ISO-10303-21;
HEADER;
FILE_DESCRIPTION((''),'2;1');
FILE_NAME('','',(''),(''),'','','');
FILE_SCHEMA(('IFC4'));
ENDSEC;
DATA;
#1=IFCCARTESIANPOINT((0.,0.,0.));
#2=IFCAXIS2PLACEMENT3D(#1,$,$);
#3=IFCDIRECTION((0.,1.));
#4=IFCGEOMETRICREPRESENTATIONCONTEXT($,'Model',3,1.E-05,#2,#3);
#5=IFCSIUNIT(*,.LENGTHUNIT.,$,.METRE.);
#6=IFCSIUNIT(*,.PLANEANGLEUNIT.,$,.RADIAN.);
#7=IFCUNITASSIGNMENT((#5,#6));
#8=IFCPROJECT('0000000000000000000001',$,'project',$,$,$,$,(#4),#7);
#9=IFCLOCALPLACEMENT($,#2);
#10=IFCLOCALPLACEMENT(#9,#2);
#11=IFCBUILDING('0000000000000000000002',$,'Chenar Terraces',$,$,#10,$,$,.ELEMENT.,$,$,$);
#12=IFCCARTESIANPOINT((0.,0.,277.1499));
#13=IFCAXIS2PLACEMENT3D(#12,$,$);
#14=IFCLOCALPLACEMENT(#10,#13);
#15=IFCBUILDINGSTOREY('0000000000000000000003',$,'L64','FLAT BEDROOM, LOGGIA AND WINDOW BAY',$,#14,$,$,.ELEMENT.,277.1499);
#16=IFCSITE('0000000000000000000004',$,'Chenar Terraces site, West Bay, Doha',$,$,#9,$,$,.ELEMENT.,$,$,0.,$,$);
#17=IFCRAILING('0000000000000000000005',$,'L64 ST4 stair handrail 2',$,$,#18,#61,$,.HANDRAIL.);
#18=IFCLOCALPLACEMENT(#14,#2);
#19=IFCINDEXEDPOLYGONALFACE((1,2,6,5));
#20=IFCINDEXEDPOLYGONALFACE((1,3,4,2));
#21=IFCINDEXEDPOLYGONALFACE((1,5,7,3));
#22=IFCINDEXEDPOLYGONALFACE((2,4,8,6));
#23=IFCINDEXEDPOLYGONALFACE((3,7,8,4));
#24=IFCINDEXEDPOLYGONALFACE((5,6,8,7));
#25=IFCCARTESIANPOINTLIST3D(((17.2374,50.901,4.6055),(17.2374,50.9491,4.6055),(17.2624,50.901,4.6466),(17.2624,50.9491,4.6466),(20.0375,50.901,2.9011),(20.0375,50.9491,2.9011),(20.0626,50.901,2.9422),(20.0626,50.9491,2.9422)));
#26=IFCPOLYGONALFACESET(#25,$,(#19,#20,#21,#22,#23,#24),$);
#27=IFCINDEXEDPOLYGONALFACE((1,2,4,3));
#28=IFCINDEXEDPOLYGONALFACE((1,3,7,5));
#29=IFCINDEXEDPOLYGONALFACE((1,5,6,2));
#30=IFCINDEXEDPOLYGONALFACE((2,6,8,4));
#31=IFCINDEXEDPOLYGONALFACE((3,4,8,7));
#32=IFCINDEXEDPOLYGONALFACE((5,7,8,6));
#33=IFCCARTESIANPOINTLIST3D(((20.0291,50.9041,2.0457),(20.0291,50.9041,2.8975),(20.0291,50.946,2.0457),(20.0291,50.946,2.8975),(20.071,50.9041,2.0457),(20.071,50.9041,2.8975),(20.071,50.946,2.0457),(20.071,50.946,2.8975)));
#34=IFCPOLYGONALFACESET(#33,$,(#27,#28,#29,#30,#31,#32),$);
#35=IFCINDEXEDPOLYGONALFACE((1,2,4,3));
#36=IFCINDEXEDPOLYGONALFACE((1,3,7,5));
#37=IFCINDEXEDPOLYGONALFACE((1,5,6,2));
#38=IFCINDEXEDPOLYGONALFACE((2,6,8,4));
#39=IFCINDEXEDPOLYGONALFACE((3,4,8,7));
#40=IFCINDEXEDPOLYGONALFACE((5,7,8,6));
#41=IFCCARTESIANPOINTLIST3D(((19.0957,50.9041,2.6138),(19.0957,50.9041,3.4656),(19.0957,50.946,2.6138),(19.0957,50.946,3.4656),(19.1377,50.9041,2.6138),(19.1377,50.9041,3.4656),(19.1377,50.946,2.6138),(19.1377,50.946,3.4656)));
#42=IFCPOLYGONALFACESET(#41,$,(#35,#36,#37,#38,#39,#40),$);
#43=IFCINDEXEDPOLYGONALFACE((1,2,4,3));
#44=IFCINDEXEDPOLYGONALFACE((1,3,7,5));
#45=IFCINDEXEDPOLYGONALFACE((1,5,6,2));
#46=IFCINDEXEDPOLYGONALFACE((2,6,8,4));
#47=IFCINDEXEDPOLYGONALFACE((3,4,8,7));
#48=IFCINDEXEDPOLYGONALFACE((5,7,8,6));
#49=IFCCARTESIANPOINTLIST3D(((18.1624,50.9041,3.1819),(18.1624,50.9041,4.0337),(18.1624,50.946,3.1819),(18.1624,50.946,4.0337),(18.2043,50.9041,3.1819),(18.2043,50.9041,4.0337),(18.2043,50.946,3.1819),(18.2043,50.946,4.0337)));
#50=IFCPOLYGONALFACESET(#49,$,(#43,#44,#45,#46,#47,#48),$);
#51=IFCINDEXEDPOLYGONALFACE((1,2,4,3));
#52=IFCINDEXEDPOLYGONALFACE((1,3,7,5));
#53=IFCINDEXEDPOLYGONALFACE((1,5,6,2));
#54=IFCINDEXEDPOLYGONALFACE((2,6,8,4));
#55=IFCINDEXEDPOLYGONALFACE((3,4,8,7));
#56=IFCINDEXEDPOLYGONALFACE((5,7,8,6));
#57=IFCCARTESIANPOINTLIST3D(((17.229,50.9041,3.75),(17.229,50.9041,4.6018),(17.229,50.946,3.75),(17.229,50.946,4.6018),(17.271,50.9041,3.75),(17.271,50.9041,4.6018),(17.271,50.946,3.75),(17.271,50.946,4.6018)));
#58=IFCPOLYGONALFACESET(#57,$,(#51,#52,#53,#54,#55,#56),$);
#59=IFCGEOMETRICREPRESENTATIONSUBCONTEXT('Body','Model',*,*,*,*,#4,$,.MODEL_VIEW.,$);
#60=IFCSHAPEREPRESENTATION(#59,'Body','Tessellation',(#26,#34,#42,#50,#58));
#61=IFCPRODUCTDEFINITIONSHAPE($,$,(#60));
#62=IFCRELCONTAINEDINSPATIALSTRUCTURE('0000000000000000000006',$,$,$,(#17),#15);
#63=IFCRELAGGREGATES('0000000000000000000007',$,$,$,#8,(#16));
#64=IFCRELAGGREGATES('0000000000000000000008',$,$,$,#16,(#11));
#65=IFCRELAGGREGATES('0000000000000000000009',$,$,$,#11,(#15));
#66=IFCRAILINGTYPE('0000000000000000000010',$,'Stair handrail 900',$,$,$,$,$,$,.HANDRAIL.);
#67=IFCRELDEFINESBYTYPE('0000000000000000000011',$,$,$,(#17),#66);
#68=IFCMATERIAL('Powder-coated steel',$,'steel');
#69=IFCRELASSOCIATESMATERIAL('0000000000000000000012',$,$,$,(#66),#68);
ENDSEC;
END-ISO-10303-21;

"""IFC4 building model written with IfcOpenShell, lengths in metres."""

from ifc_helpers import new_model, si_unit, direction, frame, origin, origin_2d, place, context, subcontext, project, spatial, rectangle, extrude, material, type_object, element, save


model = new_model("IFC4")

# Units and contexts
model_context = context("Model", 3, precision=1e-05, world=origin(), true_north=direction((0.0, 1.0)))
body_context = subcontext(model_context, "Body", "Model", "MODEL_VIEW")
ifc_project = project(units=[si_unit("LENGTHUNIT", "METRE"), si_unit("PLANEANGLEUNIT", "RADIAN")], contexts=[model_context])

# Site, building, storey
site_placement = place(None, origin())
site = spatial("IfcSite", under=ifc_project, at=site_placement, Name="Chenar Terraces site, West Bay, Doha", CompositionType="ELEMENT", RefElevation=0.0)
building_placement = place(site_placement, origin())
building = spatial("IfcBuilding", under=site, at=building_placement, Name="Chenar Terraces", CompositionType="ELEMENT")
storey_placement = place(building_placement, frame((0.0, 0.0, 277.1499)))
storey = spatial("IfcBuildingStorey", under=building, at=storey_placement, Name="L64", Description="FLAT BEDROOM, LOGGIA AND WINDOW BAY", CompositionType="ELEMENT", Elevation=277.1499)

# Railing
ifc_material_1 = material(Name="Powder-coated steel", Category="steel")
railing_type_1 = type_object("IfcRailingType", Name="Stair handrail 900", PredefinedType="HANDRAIL", material=ifc_material_1)
railing_1_placement = place(storey_placement, frame((20.05, 50.925, 2.0457)))
element("IfcRailing", 1, at=railing_1_placement, inside=storey, type_object=railing_type_1, Name="L64 ST4 stair handrail 2", PredefinedType="HANDRAIL", context=body_context, shape_type="SweptSolid", body=[
    extrude(rectangle(XDim=0.0481, YDim=0.0481, at=origin_2d()), frame((0.0, 0.0, 0.876), z_axis=(-0.854203, 0.0, 0.51994), x_axis=(0.0, -1.0, 0.0)), (0.0, 0.0, 1.0), 3.2781),
    extrude(rectangle(XDim=0.042, YDim=0.042, at=origin_2d()), origin(), (0.0, 0.0, 1.0), 0.8518),
    extrude(rectangle(XDim=0.042, YDim=0.042, at=origin_2d()), frame((-0.9333, 0.0, 0.5681)), (0.0, 0.0, 1.0), 0.8518),
    extrude(rectangle(XDim=0.042, YDim=0.042, at=origin_2d()), frame((-1.8667, 0.0, 1.1362)), (0.0, 0.0, 1.0), 0.8518),
    extrude(rectangle(XDim=0.042, YDim=0.042, at=origin_2d()), frame((-2.8, 0.0, 1.7043)), (0.0, 0.0, 1.0), 0.8518),
])

save(model, "model.ifc")
